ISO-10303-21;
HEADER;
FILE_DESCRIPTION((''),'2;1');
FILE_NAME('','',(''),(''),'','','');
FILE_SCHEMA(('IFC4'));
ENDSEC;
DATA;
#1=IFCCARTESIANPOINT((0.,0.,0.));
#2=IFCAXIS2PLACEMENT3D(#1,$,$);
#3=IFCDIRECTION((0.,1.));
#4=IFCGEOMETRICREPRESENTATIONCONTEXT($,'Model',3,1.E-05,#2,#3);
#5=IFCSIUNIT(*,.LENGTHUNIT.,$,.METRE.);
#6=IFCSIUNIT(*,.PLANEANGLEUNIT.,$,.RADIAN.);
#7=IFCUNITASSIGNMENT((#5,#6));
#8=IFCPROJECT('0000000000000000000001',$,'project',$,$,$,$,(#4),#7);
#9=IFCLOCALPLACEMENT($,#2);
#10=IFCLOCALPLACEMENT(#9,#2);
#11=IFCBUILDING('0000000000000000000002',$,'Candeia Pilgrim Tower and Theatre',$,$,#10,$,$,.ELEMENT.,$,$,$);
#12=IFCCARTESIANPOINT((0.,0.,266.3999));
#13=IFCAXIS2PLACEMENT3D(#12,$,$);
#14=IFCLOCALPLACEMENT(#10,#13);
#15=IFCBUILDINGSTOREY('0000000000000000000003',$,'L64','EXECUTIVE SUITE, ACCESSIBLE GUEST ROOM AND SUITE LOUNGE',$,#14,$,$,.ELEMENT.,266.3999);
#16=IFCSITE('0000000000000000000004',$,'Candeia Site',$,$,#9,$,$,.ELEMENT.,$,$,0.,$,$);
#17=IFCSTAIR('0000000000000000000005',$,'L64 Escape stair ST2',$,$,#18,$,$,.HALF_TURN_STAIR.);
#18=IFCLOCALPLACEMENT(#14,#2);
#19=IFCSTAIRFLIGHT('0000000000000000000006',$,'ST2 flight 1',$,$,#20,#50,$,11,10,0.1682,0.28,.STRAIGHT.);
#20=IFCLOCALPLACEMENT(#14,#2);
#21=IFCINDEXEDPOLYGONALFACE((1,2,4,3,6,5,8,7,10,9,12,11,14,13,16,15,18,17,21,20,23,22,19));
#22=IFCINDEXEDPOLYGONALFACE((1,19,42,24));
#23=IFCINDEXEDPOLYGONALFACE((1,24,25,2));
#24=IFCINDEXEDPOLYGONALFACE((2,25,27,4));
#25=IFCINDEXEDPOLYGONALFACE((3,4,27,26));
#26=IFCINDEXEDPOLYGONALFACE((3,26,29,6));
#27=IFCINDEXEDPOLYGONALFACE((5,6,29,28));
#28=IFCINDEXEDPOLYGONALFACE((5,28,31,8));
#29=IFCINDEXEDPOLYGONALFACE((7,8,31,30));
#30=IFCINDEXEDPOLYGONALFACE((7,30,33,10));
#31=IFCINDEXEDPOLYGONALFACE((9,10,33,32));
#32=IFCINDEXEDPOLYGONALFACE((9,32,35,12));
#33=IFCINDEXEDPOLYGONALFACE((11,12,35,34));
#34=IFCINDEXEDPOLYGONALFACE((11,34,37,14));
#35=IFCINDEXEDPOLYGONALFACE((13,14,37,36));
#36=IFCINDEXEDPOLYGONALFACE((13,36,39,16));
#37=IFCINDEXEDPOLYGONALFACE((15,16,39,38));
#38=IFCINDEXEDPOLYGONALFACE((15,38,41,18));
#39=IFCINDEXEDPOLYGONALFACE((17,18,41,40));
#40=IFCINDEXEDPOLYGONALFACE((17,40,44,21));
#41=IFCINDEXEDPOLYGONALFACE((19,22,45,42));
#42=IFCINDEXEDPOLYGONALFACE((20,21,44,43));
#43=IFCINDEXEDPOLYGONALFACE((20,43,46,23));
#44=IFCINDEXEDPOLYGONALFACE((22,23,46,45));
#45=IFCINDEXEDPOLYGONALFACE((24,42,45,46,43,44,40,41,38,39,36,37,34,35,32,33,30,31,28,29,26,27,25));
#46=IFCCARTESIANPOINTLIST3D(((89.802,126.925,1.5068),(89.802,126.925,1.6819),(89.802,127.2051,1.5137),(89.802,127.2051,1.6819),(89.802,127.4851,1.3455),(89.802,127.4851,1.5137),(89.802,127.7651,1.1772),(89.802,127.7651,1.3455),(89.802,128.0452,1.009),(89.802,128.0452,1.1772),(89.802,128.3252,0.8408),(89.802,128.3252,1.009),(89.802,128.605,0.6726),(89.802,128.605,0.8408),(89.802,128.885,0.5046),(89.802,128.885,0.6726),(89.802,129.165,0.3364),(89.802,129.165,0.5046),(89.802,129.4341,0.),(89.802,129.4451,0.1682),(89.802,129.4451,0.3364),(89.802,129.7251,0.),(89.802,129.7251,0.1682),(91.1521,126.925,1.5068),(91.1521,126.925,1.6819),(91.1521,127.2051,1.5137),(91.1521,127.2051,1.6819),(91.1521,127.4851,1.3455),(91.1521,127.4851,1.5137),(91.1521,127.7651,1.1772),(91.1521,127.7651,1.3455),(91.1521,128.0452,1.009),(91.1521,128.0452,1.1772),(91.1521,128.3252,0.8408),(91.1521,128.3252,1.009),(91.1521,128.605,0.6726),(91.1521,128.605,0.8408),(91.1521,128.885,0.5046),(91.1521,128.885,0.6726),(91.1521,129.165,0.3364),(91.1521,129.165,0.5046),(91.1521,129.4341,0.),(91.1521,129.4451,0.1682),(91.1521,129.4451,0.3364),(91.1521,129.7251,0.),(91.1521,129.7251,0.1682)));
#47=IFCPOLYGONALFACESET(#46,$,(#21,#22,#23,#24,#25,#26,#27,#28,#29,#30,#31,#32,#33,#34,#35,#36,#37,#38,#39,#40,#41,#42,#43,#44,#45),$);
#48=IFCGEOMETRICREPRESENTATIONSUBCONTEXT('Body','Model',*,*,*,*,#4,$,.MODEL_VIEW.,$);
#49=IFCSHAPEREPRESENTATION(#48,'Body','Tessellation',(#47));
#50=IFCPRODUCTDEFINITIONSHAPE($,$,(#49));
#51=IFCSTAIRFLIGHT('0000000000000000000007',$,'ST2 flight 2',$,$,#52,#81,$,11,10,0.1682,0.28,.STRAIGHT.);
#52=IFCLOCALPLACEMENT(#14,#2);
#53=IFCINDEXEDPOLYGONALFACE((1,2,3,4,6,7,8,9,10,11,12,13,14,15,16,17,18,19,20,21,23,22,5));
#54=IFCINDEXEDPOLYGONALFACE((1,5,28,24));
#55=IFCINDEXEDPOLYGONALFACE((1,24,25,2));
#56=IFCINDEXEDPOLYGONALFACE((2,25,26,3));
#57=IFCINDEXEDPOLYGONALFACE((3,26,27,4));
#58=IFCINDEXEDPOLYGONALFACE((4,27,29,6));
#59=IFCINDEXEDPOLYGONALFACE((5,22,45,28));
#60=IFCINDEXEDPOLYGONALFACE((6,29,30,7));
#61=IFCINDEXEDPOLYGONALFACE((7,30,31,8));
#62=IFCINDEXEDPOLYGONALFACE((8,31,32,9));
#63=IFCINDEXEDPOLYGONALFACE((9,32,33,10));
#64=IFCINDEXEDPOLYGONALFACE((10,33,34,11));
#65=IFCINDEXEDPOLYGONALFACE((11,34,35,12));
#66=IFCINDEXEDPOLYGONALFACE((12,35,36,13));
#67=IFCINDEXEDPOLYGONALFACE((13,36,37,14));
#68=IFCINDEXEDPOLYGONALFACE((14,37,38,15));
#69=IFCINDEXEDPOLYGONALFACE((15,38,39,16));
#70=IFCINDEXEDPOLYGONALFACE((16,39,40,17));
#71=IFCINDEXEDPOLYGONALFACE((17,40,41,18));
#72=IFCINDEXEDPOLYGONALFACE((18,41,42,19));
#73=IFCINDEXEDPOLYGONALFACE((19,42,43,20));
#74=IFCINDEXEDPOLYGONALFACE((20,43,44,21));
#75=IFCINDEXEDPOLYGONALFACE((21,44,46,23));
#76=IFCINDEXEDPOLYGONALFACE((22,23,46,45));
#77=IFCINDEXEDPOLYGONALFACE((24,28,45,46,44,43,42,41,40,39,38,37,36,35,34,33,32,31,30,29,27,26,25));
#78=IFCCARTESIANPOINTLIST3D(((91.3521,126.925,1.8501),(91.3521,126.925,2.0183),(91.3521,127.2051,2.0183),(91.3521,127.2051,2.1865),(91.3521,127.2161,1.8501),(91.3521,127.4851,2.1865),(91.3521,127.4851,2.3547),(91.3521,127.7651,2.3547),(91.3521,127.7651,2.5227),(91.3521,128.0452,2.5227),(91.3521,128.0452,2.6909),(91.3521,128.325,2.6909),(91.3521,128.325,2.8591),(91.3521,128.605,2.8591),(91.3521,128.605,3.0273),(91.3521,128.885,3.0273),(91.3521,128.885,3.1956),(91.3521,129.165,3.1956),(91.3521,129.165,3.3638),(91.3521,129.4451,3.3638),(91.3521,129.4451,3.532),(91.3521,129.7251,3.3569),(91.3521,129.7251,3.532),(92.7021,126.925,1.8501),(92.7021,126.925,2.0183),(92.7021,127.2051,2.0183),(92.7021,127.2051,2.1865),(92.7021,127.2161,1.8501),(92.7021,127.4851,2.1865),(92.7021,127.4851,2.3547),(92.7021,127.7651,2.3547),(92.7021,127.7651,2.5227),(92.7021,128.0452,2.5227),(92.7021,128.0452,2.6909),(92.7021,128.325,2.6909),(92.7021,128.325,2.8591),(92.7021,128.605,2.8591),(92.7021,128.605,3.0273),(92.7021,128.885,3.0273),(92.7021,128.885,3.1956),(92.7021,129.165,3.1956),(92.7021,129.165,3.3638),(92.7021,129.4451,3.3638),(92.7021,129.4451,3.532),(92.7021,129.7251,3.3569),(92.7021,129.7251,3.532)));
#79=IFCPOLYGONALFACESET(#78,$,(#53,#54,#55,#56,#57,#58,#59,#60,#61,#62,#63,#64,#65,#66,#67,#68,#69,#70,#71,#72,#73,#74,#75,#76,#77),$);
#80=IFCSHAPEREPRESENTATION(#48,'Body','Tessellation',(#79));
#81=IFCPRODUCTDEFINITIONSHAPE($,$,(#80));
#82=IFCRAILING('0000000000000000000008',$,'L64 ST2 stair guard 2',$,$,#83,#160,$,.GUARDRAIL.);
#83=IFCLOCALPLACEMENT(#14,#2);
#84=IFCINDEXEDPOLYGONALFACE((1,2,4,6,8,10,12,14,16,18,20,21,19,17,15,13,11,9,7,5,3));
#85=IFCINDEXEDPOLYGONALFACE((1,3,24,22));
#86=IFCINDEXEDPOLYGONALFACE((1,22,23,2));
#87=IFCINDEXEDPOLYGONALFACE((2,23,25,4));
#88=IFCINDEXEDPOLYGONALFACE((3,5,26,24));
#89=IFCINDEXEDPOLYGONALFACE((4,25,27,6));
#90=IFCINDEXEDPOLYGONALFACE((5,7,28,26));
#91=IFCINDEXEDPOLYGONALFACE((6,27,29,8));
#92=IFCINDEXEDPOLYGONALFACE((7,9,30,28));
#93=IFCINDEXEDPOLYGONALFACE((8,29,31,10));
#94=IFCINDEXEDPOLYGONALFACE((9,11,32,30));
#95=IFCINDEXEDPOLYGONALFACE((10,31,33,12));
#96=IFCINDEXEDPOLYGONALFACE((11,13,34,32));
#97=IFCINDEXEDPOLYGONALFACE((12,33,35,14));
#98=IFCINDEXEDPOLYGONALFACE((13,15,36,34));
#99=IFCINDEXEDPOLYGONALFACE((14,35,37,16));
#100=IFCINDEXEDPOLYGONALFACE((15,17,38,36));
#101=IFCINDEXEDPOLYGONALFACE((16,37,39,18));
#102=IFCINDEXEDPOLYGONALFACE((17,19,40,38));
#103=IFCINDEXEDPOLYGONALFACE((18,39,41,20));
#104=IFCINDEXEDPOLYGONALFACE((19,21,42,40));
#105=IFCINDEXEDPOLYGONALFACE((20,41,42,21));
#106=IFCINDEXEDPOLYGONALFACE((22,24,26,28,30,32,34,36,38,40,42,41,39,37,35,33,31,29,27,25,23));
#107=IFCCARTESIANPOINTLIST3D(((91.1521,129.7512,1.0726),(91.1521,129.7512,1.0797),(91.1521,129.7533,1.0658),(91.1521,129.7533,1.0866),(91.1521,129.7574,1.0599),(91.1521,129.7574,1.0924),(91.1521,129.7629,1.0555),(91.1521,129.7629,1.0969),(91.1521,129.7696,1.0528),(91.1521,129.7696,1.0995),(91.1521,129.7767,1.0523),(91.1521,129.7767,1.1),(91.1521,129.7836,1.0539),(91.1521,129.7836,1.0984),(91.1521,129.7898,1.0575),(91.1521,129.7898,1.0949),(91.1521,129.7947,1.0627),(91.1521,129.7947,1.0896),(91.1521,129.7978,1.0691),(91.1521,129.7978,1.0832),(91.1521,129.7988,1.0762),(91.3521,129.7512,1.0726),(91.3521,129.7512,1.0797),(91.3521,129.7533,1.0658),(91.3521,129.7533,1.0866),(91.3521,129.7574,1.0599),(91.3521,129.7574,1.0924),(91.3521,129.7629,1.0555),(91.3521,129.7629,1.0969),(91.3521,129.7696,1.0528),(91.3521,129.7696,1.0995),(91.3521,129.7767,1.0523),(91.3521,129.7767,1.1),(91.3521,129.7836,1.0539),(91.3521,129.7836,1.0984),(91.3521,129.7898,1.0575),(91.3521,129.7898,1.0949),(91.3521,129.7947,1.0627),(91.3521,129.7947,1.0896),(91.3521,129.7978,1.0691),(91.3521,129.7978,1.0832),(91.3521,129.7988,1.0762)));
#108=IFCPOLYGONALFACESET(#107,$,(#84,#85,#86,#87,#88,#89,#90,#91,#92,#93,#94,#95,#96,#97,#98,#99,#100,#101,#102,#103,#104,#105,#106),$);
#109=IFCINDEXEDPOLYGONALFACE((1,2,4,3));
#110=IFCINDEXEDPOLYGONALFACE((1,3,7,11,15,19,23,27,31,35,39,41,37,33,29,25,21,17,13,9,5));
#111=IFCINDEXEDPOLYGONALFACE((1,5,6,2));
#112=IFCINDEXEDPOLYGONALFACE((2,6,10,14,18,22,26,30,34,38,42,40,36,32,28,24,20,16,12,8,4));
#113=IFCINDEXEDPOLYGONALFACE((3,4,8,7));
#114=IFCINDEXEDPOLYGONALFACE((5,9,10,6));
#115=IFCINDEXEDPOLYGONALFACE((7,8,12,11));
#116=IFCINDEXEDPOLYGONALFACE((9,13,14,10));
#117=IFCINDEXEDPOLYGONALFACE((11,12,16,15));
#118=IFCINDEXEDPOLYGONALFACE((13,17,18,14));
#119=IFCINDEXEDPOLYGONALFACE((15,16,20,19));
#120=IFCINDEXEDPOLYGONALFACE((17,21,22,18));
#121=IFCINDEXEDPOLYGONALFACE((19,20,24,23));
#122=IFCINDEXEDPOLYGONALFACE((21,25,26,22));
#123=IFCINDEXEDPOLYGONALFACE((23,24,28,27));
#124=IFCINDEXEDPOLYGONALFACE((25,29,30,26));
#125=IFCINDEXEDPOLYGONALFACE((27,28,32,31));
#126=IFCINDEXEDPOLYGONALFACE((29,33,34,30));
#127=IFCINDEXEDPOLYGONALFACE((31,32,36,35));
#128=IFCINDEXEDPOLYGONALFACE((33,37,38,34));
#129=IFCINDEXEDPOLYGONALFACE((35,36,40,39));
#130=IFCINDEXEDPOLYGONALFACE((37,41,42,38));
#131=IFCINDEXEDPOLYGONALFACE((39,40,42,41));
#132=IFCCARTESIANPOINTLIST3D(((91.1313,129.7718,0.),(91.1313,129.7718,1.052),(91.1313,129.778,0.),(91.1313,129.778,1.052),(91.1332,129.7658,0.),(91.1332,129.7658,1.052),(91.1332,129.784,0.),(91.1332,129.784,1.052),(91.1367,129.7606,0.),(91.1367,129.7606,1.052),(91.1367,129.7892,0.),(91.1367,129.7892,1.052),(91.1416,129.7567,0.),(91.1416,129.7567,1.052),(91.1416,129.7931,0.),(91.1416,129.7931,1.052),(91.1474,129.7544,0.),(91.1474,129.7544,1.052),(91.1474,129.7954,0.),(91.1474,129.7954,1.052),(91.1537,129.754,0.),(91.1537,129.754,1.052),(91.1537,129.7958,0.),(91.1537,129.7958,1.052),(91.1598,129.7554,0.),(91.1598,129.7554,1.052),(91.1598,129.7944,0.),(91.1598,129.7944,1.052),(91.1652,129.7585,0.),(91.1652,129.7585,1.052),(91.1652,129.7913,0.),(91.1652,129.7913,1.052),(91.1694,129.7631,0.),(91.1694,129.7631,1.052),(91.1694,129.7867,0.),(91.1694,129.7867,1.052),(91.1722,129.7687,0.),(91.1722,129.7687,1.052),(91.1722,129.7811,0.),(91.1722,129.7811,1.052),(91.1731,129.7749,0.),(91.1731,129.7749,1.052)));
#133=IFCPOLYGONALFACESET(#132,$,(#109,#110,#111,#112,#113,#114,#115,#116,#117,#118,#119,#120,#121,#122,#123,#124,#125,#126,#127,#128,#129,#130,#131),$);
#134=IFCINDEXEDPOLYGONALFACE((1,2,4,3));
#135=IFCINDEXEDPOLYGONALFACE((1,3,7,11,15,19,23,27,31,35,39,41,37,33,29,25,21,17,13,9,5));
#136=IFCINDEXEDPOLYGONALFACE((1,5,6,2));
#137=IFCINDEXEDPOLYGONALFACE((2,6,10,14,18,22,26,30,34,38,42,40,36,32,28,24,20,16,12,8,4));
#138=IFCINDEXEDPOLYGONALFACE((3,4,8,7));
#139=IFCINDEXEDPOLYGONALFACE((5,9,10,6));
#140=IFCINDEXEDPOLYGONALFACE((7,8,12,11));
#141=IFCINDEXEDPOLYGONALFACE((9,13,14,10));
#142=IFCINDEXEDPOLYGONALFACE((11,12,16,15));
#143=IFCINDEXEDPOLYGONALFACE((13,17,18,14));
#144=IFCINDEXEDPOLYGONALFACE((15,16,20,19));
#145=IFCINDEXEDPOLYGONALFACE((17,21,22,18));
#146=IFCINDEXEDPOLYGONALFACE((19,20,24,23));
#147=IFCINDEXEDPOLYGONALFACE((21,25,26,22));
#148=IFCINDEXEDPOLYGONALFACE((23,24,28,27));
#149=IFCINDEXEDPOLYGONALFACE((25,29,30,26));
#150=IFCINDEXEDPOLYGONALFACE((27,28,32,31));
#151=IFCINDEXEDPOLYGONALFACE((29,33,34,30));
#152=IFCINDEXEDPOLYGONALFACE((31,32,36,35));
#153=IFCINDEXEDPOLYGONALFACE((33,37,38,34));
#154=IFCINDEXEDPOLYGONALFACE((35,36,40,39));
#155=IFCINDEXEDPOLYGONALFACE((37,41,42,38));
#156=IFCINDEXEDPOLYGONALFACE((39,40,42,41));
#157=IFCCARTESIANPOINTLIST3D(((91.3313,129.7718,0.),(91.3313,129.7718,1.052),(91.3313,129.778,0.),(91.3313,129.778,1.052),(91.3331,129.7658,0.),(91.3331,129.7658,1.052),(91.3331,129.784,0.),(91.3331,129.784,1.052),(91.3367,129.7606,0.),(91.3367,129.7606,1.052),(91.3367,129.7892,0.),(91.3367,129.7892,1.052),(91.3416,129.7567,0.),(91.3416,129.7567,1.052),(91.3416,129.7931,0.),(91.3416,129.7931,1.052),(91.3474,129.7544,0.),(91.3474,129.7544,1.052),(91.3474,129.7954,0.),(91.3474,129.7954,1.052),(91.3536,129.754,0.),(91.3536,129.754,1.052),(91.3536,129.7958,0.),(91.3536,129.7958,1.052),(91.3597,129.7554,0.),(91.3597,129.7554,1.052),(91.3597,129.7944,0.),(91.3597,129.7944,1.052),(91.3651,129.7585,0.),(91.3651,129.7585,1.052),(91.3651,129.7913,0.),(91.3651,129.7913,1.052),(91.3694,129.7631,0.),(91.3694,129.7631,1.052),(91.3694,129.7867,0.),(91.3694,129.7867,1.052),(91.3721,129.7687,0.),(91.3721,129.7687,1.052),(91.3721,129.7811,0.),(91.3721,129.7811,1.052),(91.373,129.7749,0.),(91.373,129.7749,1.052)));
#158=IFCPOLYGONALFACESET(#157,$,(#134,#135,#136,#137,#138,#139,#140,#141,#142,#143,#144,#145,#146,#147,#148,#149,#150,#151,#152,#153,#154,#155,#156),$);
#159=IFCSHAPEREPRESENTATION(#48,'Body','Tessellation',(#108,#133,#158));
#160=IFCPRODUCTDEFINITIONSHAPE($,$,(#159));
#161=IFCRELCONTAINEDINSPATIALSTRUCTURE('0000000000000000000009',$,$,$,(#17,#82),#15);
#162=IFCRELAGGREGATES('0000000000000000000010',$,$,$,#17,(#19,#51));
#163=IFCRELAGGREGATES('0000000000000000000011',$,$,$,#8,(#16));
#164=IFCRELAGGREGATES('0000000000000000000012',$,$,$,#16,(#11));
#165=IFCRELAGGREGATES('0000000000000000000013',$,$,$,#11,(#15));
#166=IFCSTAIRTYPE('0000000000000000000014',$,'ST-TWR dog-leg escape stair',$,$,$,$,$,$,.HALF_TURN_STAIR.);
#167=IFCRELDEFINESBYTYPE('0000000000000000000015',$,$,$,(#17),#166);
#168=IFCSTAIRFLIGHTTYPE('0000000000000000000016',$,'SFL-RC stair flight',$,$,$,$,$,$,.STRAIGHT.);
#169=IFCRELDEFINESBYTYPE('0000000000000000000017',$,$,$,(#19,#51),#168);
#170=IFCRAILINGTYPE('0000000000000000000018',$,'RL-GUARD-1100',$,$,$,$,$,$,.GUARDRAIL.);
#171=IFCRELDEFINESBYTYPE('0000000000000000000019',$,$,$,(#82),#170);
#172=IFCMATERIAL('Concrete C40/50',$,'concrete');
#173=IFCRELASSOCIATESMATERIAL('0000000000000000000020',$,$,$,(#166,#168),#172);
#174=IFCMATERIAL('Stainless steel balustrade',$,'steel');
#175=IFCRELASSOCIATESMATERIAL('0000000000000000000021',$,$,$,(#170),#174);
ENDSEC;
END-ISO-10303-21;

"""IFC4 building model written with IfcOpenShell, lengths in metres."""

from ifc_helpers import new_model, si_unit, direction, frame, origin, origin_2d, place, context, subcontext, project, spatial, polyline, circle, outline, extrude, material, type_object, element, aggregate, save


model = new_model("IFC4")

# Units and contexts
model_context = context("Model", 3, precision=1e-05, world=origin(), true_north=direction((0.0, 1.0)))
body_context = subcontext(model_context, "Body", "Model", "MODEL_VIEW")
ifc_project = project(units=[si_unit("LENGTHUNIT", "METRE"), si_unit("PLANEANGLEUNIT", "RADIAN")], contexts=[model_context])

# Site, building, storey
site_placement = place(None, origin())
site = spatial("IfcSite", under=ifc_project, at=site_placement, Name="Candeia Site", CompositionType="ELEMENT", RefElevation=0.0)
building_placement = place(site_placement, origin())
building = spatial("IfcBuilding", under=site, at=building_placement, Name="Candeia Pilgrim Tower and Theatre", CompositionType="ELEMENT")
storey_placement = place(building_placement, frame((0.0, 0.0, 266.3999)))
storey = spatial("IfcBuildingStorey", under=building, at=storey_placement, Name="L64", Description="EXECUTIVE SUITE, ACCESSIBLE GUEST ROOM AND SUITE LOUNGE", CompositionType="ELEMENT", Elevation=266.3999)

# Shared definitions
ifc_material_1 = material(Name="Concrete C40/50", Category="concrete")

# Stair, stair flights
stair_type = type_object("IfcStairType", Name="ST-TWR dog-leg escape stair", PredefinedType="HALF_TURN_STAIR", material=ifc_material_1)
stair_placement = place(storey_placement, origin())
stair = element("IfcStair", 1, at=stair_placement, inside=storey, type_object=stair_type, Name="L64 Escape stair ST2", PredefinedType="HALF_TURN_STAIR")
stair_flight_type = type_object("IfcStairFlightType", Name="SFL-RC stair flight", PredefinedType="STRAIGHT", material=ifc_material_1)
stair_flight_1_placement = place(storey_placement, frame((90.4771, 129.7251, 0.0), z_axis=(0.0, 0.0, 1.0), x_axis=(0.0, -1.0, 0.0)))
stair_flight_1 = element("IfcStairFlight", 2, at=stair_flight_1_placement, type_object=stair_flight_type, Name="ST2 flight 1", NumberOfRisers=11, NumberOfTreads=10, PredefinedType="STRAIGHT", RiserHeight=0.1682, TreadLength=0.28, context=body_context, shape_type="SweptSolid", body=[
    extrude(outline(polyline([(0.0, 0.0), (0.0, 0.1682), (0.28, 0.1682), (0.28, 0.3364), (0.5601, 0.3364), (0.5601, 0.5046), (0.8401, 0.5046), (0.8401, 0.6726), (1.1201, 0.6726), (1.1201, 0.8408), (1.3999, 0.8408), (1.3999, 1.009), (1.6799, 1.009), (1.6799, 1.1772), (1.96, 1.1772), (1.96, 1.3455), (2.24, 1.3455), (2.24, 1.5137), (2.52, 1.5137), (2.52, 1.6819), (2.8, 1.6819), (2.8, 1.8501), (2.8, 1.5068), (0.291, 0.0), (0.0, 0.0)])), frame((0.0, 0.675, 0.0), z_axis=(0.0, -1.0, 0.0), x_axis=(1.0, 0.0, 0.0)), (0.0, 0.0, 1.0), 1.3501),
])
stair_flight_2_placement = place(storey_placement, frame((92.0271, 126.925, 1.8501), z_axis=(0.0, 0.0, 1.0), x_axis=(0.0, 1.0, 0.0)))
stair_flight_2 = element("IfcStairFlight", 3, at=stair_flight_2_placement, type_object=stair_flight_type, Name="ST2 flight 2", NumberOfRisers=11, NumberOfTreads=10, PredefinedType="STRAIGHT", RiserHeight=0.1682, TreadLength=0.28, context=body_context, shape_type="SweptSolid", body=[
    extrude(outline(polyline([(0.0, 0.0), (0.0, 0.1682), (0.28, 0.1682), (0.28, 0.3364), (0.5601, 0.3364), (0.5601, 0.5046), (0.8401, 0.5046), (0.8401, 0.6726), (1.1201, 0.6726), (1.1201, 0.8408), (1.3999, 0.8408), (1.3999, 1.009), (1.6799, 1.009), (1.6799, 1.1772), (1.96, 1.1772), (1.96, 1.3455), (2.24, 1.3455), (2.24, 1.5137), (2.52, 1.5137), (2.52, 1.6819), (2.8, 1.6819), (2.8, 1.8501), (2.8, 1.5068), (0.291, 0.0), (0.0, 0.0)])), frame((0.0, 0.675, 0.0), z_axis=(0.0, -1.0, 0.0), x_axis=(1.0, 0.0, 0.0)), (0.0, 0.0, 1.0), 1.3501),
])
aggregate(stair, [stair_flight_1, stair_flight_2])

# Railing
ifc_material_2 = material(Name="Stainless steel balustrade", Category="steel")
railing_type_1 = type_object("IfcRailingType", Name="RL-GUARD-1100", PredefinedType="GUARDRAIL", material=ifc_material_2)
railing_1_placement = place(storey_placement, frame((91.1521, 129.7749, 0.0)))
element("IfcRailing", 4, at=railing_1_placement, inside=storey, type_object=railing_type_1, Name="L64 ST2 stair guard 2", PredefinedType="GUARDRAIL", context=body_context, shape_type="SweptSolid", body=[
    extrude(circle(Radius=0.0239, at=origin_2d()), frame((0.0, 0.0, 1.0762), z_axis=(1.0, 0.0, 0.0), x_axis=(0.0, 1.0, 0.0)), (0.0, 0.0, 1.0), 0.2),
    extrude(circle(Radius=0.021, at=origin_2d()), origin(), (0.0, 0.0, 1.0), 1.052),
    extrude(circle(Radius=0.021, at=origin_2d()), frame((0.2, 0.0, 0.0)), (0.0, 0.0, 1.0), 1.052),
])

save(model, "model.ifc")
